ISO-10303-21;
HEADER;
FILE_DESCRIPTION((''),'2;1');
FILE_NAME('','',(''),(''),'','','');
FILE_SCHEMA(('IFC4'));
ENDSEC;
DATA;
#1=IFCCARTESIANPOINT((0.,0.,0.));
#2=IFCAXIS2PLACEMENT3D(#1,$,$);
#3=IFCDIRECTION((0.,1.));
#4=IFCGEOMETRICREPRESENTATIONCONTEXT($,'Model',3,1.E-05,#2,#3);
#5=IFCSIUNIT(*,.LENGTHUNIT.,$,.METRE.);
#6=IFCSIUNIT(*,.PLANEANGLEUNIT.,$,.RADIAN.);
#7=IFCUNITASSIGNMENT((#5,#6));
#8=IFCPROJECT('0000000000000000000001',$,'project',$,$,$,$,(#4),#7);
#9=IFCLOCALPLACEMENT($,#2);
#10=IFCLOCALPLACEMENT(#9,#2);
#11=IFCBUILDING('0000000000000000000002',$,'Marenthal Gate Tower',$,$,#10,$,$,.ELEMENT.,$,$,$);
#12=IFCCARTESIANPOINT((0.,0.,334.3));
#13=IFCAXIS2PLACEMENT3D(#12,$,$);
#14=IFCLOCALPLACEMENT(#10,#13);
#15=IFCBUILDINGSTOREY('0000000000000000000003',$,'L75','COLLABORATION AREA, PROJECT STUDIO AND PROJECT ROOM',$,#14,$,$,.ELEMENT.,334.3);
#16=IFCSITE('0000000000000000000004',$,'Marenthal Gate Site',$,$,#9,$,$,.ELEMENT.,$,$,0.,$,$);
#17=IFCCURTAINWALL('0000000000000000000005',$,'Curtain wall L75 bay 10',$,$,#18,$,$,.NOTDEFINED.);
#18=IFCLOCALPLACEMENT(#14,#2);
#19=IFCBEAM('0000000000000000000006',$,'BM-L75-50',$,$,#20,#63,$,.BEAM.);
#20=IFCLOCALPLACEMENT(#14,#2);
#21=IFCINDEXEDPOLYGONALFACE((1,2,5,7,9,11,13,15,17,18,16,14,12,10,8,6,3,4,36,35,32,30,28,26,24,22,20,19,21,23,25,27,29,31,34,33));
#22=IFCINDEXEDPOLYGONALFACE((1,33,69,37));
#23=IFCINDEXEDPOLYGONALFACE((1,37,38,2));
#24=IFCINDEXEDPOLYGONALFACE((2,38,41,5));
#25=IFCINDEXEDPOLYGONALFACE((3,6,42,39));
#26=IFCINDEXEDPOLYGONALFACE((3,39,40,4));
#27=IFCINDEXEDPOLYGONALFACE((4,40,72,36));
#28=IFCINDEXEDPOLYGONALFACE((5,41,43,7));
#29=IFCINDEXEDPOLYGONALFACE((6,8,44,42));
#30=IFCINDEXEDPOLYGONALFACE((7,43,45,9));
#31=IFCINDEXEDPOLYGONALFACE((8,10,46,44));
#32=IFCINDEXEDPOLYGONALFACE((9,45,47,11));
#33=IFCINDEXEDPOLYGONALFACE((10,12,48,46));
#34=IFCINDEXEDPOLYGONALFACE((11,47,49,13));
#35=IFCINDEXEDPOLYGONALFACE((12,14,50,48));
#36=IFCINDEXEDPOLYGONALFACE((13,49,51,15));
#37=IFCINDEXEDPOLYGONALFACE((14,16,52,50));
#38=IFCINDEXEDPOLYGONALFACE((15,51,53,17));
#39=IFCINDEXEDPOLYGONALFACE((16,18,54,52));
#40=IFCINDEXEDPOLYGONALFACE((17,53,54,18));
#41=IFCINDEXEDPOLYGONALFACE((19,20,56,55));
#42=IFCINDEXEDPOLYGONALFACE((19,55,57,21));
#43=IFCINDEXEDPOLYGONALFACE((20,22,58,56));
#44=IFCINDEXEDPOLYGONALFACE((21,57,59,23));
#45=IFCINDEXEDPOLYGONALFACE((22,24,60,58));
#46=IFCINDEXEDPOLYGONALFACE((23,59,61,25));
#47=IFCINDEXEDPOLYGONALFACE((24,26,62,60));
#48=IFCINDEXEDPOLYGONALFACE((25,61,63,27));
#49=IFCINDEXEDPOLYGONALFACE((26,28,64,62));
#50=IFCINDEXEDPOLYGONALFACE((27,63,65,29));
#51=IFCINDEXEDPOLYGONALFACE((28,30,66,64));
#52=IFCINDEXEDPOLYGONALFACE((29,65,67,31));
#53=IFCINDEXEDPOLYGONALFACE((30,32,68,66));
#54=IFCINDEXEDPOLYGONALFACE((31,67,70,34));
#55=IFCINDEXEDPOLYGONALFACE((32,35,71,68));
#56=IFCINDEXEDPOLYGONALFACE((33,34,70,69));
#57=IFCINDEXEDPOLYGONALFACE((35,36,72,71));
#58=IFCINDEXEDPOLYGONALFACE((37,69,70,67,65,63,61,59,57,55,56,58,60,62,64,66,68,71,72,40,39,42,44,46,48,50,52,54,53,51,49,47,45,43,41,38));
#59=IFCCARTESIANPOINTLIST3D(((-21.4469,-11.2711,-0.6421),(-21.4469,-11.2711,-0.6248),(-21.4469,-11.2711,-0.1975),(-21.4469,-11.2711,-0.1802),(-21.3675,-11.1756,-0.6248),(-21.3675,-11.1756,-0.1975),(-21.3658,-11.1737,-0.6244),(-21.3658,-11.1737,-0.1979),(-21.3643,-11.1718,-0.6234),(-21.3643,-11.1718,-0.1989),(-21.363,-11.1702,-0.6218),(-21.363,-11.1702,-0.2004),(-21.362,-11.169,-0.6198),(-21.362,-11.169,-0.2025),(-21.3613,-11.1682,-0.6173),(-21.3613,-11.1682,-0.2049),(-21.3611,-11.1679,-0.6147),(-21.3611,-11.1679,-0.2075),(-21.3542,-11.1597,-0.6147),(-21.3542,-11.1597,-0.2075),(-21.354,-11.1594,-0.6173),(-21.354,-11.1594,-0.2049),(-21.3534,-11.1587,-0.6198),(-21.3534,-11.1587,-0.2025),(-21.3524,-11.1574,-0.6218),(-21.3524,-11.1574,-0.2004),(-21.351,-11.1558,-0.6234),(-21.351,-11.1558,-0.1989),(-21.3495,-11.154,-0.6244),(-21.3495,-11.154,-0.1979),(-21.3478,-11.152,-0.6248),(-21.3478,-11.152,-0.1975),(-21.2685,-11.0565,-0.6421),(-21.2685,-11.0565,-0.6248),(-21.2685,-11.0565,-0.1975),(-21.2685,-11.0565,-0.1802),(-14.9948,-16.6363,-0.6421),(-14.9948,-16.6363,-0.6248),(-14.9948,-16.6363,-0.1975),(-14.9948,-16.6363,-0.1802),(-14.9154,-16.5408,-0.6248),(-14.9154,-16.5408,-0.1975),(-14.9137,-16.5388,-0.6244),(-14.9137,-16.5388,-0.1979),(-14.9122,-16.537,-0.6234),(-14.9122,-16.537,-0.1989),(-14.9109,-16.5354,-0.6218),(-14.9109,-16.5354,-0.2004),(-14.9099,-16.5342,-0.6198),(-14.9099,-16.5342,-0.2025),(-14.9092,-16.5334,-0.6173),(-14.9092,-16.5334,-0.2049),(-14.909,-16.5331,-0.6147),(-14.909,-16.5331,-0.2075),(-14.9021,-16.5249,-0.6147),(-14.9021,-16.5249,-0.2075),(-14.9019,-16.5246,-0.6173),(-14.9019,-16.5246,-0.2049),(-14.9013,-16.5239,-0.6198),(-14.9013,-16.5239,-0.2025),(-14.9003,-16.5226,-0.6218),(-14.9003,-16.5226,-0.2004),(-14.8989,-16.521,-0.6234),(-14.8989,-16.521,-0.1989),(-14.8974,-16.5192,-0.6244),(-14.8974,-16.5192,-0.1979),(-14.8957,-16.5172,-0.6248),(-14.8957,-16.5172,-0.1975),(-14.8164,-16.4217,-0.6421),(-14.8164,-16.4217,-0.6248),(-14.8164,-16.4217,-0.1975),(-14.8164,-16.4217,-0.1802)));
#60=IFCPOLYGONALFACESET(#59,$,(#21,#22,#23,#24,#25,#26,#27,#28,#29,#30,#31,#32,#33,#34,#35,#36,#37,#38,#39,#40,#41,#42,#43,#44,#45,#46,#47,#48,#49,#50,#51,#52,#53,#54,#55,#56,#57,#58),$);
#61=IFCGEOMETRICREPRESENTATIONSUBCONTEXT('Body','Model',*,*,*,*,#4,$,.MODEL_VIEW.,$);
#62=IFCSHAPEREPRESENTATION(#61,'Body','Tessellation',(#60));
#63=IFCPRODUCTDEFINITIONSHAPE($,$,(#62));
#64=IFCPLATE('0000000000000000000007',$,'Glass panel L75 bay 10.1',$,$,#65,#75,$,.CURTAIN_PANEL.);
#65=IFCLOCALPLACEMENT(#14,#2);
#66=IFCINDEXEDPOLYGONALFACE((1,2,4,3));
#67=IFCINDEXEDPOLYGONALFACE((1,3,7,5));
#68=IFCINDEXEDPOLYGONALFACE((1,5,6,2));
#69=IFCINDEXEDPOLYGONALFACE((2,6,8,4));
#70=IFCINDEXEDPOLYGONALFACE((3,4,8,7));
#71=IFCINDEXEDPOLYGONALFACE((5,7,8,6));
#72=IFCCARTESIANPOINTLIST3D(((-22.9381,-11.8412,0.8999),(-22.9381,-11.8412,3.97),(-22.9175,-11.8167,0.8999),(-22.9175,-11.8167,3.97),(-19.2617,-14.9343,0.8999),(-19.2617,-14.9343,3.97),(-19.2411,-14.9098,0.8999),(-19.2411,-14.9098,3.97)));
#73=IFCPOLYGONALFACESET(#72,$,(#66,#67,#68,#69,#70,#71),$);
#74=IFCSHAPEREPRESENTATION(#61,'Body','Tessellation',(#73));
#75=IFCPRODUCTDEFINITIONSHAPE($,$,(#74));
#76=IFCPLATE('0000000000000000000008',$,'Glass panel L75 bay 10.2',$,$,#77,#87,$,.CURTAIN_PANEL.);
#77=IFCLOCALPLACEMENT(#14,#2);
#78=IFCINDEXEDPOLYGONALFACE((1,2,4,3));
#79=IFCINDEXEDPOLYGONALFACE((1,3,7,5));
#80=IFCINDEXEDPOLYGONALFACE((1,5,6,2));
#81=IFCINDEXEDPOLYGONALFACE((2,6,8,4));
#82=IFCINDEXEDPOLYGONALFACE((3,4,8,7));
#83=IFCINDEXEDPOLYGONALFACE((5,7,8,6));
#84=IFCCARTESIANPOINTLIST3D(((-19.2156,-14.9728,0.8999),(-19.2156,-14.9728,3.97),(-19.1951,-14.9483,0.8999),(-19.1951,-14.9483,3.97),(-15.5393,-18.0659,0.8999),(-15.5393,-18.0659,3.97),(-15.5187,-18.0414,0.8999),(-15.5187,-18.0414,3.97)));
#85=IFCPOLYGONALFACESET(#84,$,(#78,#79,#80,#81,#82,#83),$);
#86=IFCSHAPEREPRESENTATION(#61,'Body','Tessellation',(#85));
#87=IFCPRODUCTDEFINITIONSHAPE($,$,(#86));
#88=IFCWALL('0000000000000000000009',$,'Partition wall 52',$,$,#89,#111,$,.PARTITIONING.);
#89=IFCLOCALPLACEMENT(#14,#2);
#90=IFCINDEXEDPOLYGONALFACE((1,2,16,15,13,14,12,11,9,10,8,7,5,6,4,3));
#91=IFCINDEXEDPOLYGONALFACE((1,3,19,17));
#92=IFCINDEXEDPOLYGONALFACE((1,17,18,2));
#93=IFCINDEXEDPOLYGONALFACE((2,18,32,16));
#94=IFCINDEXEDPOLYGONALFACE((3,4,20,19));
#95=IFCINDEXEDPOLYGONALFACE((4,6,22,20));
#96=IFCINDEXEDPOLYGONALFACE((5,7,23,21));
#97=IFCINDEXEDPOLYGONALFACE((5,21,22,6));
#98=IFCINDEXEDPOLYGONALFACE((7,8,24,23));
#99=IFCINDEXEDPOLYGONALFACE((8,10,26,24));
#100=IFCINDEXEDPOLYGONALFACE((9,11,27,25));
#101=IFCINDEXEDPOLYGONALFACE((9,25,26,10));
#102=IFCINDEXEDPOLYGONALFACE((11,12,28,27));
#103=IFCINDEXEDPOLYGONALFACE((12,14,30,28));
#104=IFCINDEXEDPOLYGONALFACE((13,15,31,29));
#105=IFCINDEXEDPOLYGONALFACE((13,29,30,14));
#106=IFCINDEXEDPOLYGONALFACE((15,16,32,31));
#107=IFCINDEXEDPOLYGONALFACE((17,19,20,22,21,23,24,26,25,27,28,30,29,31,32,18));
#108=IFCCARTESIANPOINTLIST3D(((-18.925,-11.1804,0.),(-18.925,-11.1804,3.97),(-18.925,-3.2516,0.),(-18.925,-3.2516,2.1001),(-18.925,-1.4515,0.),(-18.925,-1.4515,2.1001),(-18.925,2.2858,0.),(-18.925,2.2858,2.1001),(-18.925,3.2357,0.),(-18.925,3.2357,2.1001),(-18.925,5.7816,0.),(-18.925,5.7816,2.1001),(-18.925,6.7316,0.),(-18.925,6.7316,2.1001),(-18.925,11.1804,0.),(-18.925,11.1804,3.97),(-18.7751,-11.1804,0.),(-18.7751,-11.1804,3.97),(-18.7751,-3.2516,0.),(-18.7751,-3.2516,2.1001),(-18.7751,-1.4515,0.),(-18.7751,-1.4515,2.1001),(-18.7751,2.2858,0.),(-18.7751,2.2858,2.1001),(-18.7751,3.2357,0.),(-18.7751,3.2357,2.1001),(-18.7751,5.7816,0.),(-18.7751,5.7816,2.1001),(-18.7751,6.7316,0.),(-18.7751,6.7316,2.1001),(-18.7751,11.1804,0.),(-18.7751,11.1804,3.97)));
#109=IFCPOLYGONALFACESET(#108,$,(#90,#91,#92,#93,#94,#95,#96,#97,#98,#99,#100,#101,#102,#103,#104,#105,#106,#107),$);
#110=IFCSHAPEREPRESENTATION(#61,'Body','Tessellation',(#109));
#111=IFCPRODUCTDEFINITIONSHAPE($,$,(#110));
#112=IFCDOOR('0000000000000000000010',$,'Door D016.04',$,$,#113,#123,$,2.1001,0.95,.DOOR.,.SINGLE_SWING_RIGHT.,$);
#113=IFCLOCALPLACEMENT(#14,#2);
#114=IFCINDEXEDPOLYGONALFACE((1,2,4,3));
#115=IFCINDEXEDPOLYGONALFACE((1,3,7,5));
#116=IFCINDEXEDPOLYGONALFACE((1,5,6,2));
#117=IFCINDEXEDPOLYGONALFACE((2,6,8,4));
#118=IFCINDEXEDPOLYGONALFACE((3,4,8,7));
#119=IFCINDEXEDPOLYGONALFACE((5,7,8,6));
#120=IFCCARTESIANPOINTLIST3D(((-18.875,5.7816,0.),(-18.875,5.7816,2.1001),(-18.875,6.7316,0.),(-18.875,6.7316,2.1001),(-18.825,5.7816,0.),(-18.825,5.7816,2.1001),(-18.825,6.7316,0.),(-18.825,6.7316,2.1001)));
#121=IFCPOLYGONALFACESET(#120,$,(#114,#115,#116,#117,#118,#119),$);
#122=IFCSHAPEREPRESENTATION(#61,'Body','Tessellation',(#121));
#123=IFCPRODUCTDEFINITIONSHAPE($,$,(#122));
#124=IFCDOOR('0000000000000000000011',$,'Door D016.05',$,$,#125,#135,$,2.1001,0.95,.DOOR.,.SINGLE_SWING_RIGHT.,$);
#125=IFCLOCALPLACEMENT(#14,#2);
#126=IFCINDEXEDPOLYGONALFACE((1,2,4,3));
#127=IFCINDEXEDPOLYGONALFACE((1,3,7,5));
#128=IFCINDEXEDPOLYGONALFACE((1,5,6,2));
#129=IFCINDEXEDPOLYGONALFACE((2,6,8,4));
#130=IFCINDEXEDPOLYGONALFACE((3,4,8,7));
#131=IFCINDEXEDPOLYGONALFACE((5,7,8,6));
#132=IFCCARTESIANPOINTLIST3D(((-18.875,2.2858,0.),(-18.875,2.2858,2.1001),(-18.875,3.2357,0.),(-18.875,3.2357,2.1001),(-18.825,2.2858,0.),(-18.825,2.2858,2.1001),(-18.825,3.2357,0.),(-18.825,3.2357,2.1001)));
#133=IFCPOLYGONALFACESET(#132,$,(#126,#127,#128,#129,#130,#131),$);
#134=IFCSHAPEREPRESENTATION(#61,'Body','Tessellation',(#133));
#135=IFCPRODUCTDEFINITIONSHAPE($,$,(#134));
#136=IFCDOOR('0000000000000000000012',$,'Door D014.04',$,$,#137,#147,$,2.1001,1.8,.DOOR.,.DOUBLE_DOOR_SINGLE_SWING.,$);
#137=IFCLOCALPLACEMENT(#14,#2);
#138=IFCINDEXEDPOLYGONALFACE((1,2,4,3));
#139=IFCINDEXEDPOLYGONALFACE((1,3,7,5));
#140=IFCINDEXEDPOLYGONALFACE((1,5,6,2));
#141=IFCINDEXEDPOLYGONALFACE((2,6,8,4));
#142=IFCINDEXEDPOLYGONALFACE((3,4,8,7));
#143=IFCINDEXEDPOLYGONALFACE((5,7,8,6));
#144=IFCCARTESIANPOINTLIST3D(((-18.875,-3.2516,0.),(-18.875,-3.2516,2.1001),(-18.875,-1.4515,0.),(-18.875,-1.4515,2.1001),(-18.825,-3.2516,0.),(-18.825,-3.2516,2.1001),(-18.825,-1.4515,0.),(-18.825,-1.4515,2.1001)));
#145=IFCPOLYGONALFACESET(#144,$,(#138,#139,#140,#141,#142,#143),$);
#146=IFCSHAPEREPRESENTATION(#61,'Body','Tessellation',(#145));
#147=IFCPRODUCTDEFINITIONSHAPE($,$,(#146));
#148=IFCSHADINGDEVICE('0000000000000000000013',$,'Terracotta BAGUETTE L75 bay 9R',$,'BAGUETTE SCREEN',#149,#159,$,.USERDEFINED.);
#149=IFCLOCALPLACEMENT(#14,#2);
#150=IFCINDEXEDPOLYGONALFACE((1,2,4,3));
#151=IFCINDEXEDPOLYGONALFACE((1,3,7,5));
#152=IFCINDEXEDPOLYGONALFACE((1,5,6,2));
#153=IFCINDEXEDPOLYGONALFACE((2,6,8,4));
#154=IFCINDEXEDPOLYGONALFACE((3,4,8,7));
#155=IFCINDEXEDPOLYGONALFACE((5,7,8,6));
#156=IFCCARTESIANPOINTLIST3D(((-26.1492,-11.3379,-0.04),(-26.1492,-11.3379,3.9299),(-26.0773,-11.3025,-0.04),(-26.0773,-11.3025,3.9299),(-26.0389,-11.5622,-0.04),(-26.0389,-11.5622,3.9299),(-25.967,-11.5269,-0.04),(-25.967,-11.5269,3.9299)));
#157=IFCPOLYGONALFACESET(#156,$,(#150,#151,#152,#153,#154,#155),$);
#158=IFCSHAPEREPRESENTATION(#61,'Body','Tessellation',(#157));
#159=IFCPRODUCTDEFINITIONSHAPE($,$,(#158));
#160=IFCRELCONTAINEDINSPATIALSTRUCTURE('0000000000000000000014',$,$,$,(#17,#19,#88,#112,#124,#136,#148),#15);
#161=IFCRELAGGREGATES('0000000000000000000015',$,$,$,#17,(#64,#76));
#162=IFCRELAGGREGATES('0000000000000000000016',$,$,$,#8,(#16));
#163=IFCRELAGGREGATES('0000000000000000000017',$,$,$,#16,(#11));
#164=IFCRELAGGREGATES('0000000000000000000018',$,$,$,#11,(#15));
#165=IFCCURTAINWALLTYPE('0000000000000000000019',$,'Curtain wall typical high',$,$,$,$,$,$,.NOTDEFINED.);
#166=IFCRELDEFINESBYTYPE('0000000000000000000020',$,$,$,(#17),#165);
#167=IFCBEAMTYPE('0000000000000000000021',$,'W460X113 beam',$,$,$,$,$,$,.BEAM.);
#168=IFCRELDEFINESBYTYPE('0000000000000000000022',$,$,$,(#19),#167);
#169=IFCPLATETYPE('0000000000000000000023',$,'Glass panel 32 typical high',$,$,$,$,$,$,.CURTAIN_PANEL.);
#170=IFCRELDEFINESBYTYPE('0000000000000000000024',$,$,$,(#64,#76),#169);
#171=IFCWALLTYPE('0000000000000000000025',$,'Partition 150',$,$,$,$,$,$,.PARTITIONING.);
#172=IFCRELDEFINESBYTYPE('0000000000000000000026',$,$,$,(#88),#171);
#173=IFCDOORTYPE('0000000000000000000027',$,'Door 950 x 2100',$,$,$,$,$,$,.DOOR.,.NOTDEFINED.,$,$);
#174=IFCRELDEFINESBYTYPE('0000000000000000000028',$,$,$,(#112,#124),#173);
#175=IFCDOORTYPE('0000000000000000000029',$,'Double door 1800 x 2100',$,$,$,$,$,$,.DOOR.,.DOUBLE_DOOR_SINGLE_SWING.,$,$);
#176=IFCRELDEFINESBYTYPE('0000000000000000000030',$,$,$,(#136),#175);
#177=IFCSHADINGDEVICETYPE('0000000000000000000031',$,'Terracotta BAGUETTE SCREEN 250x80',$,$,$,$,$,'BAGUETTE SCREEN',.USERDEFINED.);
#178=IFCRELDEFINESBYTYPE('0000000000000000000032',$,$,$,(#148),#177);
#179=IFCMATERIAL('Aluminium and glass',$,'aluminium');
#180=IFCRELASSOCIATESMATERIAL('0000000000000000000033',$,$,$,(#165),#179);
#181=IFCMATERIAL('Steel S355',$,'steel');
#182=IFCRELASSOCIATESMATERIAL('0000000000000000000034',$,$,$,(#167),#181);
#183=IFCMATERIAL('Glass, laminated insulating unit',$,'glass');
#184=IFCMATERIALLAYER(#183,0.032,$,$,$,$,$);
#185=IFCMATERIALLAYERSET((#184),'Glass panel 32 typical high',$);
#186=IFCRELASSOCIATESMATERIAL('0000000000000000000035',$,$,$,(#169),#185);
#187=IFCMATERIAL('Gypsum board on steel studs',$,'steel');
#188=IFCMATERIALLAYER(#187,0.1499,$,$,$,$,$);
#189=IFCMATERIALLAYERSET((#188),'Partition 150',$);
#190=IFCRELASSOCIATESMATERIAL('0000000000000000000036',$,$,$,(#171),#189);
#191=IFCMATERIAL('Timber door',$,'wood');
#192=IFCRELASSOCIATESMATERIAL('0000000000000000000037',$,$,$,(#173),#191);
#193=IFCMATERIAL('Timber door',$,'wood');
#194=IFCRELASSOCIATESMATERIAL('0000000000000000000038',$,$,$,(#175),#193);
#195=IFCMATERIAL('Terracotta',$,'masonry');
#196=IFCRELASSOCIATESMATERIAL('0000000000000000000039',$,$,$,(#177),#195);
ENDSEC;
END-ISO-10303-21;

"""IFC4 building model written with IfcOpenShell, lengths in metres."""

from ifc_helpers import new_model, si_unit, direction, frame, frame_2d, origin, origin_2d, place, context, subcontext, project, spatial, rectangle, i_section, extrude, material, layer, layer_set, material_profile, profile_set, type_object, element, fill, aggregate, save


model = new_model("IFC4")

# Units and contexts
model_context = context("Model", 3, precision=1e-05, world=origin(), true_north=direction((0.0, 1.0)))
body_context = subcontext(model_context, "Body", "Model", "MODEL_VIEW")
ifc_project = project(units=[si_unit("LENGTHUNIT", "METRE"), si_unit("PLANEANGLEUNIT", "RADIAN")], contexts=[model_context])

# Site, building, storey
site_placement = place(None, origin())
site = spatial("IfcSite", under=ifc_project, at=site_placement, Name="Marenthal Gate Site", CompositionType="ELEMENT", RefElevation=0.0)
building_placement = place(site_placement, origin())
building = spatial("IfcBuilding", under=site, at=building_placement, Name="Marenthal Gate Tower", CompositionType="ELEMENT")
storey_placement = place(building_placement, frame((0.0, 0.0, 334.3)))
storey = spatial("IfcBuildingStorey", under=building, at=storey_placement, Name="L75", Description="COLLABORATION AREA, PROJECT STUDIO AND PROJECT ROOM", CompositionType="ELEMENT", Elevation=334.3)

# Curtain wall
ifc_material_1 = material(Name="Aluminium and glass", Category="aluminium")
curtain_wall_type = type_object("IfcCurtainWallType", Name="Curtain wall typical high", PredefinedType="NOTDEFINED", material=ifc_material_1)
curtain_wall_placement = place(storey_placement, origin())
curtain_wall = element("IfcCurtainWall", 1, at=curtain_wall_placement, inside=storey, type_object=curtain_wall_type, Name="Curtain wall L75 bay 10", PredefinedType="NOTDEFINED")

# Beam
ifc_material_2 = material(Name="Steel S355", Category="steel")
ifc_material_profile_1 = material_profile(ifc_material_2, i_section(OverallWidth=0.2791, OverallDepth=0.4619, WebThickness=0.0107, FlangeThickness=0.0173, FilletRadius=0.01, at=origin_2d()), Name="W460X113")
ifc_profile_set_1 = profile_set([ifc_material_profile_1], Name="Steel S355")
beam_type_1 = type_object("IfcBeamType", Name="W460X113 beam", PredefinedType="BEAM", material=ifc_profile_set_1)
beam_1_placement = place(storey_placement, frame((-21.3577, -11.1638, -0.4111), z_axis=(0.768898, -0.639371, 0.0), x_axis=(0.639371, 0.768898, 0.0)))
element("IfcBeam", 2, at=beam_1_placement, inside=storey, type_object=beam_type_1, Name="BM-L75-50", PredefinedType="BEAM", context=body_context, shape_type="SweptSolid", body=[
    extrude(i_section(OverallWidth=0.2791, OverallDepth=0.4619, WebThickness=0.0107, FlangeThickness=0.0173, FilletRadius=0.01, at=origin_2d()), origin(), (0.0, 0.0, 1.0), 8.3914),
])

# Plates
ifc_material_3 = material(Name="Glass, laminated insulating unit", Category="glass")
ifc_layer_1 = layer(ifc_material_3, 0.032)
ifc_layer_set_1 = layer_set([ifc_layer_1], Name="Glass panel 32 typical high")
plate_type = type_object("IfcPlateType", Name="Glass panel 32 typical high", PredefinedType="CURTAIN_PANEL", material=ifc_layer_set_1)
plate_1_placement = place(storey_placement, frame((-21.0896, -13.3755, 0.8999), z_axis=(0.0, 0.0, 1.0), x_axis=(0.765193, -0.643801, 0.0)))
plate_1 = element("IfcPlate", 3, at=plate_1_placement, type_object=plate_type, Name="Glass panel L75 bay 10.1", PredefinedType="CURTAIN_PANEL", context=body_context, shape_type="SweptSolid", body=[
    extrude(rectangle(XDim=4.8044, YDim=0.032, at=origin_2d()), origin(), (0.0, 0.0, 1.0), 3.0701),
])
plate_2_placement = place(storey_placement, frame((-17.3672, -16.5071, 0.8999), z_axis=(0.0, 0.0, 1.0), x_axis=(0.765193, -0.643801, 0.0)))
plate_2 = element("IfcPlate", 4, at=plate_2_placement, type_object=plate_type, Name="Glass panel L75 bay 10.2", PredefinedType="CURTAIN_PANEL", context=body_context, shape_type="SweptSolid", body=[
    extrude(rectangle(XDim=4.8044, YDim=0.032, at=origin_2d()), origin(), (0.0, 0.0, 1.0), 3.0701),
])
aggregate(curtain_wall, [plate_1, plate_2])

# Wall, openings, doors
ifc_material_4 = material(Name="Gypsum board on steel studs", Category="steel")
ifc_layer_2 = layer(ifc_material_4, 0.1499)
ifc_layer_set_2 = layer_set([ifc_layer_2], Name="Partition 150")
wall_type_1 = type_object("IfcWallType", Name="Partition 150", PredefinedType="PARTITIONING", material=ifc_layer_set_2)
wall_1_placement = place(storey_placement, frame((-18.8501, -11.1804, 0.0), z_axis=(0.0, 0.0, 1.0), x_axis=(0.0, 1.0, 0.0)))
wall_1 = element("IfcWall", 5, at=wall_1_placement, inside=storey, type_object=wall_type_1, Name="Partition wall 52", PredefinedType="PARTITIONING", context=body_context, shape_type="SweptSolid", body=[
    extrude(rectangle(XDim=22.3608, YDim=0.1499, at=frame_2d((11.1804, 0.0))), origin(), (0.0, 0.0, 1.0), 3.97),
])
opening_1_placement = place(wall_1_placement, frame((16.9619, 0.0, 0.0)))
opening_1 = element("IfcOpeningElement", 6, at=opening_1_placement, cuts=wall_1, PredefinedType="OPENING", context=body_context, shape_type="SweptSolid", body=[
    extrude(rectangle(XDim=0.95, YDim=2.1001, at=frame_2d((0.4751, 1.05))), frame((0.0, 0.085, 0.0), z_axis=(0.0, -1.0, 0.0), x_axis=(1.0, 0.0, 0.0)), (0.0, 0.0, 1.0), 0.1699),
])
opening_2_placement = place(wall_1_placement, frame((13.4661, 0.0, 0.0)))
opening_2 = element("IfcOpeningElement", 7, at=opening_2_placement, cuts=wall_1, PredefinedType="OPENING", context=body_context, shape_type="SweptSolid", body=[
    extrude(rectangle(XDim=0.95, YDim=2.1001, at=frame_2d((0.4751, 1.05))), frame((0.0, 0.085, 0.0), z_axis=(0.0, -1.0, 0.0), x_axis=(1.0, 0.0, 0.0)), (0.0, 0.0, 1.0), 0.1699),
])
opening_3_placement = place(wall_1_placement, frame((7.929, 0.0, 0.0)))
opening_3 = element("IfcOpeningElement", 8, at=opening_3_placement, cuts=wall_1, PredefinedType="OPENING", context=body_context, shape_type="SweptSolid", body=[
    extrude(rectangle(XDim=1.8, YDim=2.1001, at=frame_2d((0.8999, 1.05))), frame((0.0, 0.085, 0.0), z_axis=(0.0, -1.0, 0.0), x_axis=(1.0, 0.0, 0.0)), (0.0, 0.0, 1.0), 0.1699),
])
ifc_material_5 = material(Name="Timber door", Category="wood")
door_type_1 = type_object("IfcDoorType", Name="Door 950 x 2100", OperationType="NOTDEFINED", PredefinedType="DOOR", material=ifc_material_5)
door_1_placement = place(opening_1_placement, origin())
door_1 = element("IfcDoor", 9, at=door_1_placement, inside=storey, type_object=door_type_1, Name="Door D016.04", OperationType="SINGLE_SWING_RIGHT", OverallHeight=2.1001, OverallWidth=0.95, PredefinedType="DOOR", context=body_context, shape_type="SweptSolid", body=[
    extrude(rectangle(XDim=0.95, YDim=2.1001, at=frame_2d((0.4751, 1.05))), frame((0.0, 0.0249, 0.0), z_axis=(0.0, -1.0, 0.0), x_axis=(1.0, 0.0, 0.0)), (0.0, 0.0, 1.0), 0.05),
])
fill(opening_1, door_1)
door_2_placement = place(opening_2_placement, origin())
door_2 = element("IfcDoor", 10, at=door_2_placement, inside=storey, type_object=door_type_1, Name="Door D016.05", OperationType="SINGLE_SWING_RIGHT", OverallHeight=2.1001, OverallWidth=0.95, PredefinedType="DOOR", context=body_context, shape_type="SweptSolid", body=[
    extrude(rectangle(XDim=0.95, YDim=2.1001, at=frame_2d((0.4751, 1.05))), frame((0.0, 0.0249, 0.0), z_axis=(0.0, -1.0, 0.0), x_axis=(1.0, 0.0, 0.0)), (0.0, 0.0, 1.0), 0.05),
])
fill(opening_2, door_2)
ifc_material_6 = material(Name="Timber door", Category="wood")
door_type_2 = type_object("IfcDoorType", Name="Double door 1800 x 2100", OperationType="DOUBLE_DOOR_SINGLE_SWING", PredefinedType="DOOR", material=ifc_material_6)
door_3_placement = place(opening_3_placement, origin())
door_3 = element("IfcDoor", 11, at=door_3_placement, inside=storey, type_object=door_type_2, Name="Door D014.04", OperationType="DOUBLE_DOOR_SINGLE_SWING", OverallHeight=2.1001, OverallWidth=1.8, PredefinedType="DOOR", context=body_context, shape_type="SweptSolid", body=[
    extrude(rectangle(XDim=1.8, YDim=2.1001, at=frame_2d((0.8999, 1.05))), frame((0.0, 0.0249, 0.0), z_axis=(0.0, -1.0, 0.0), x_axis=(1.0, 0.0, 0.0)), (0.0, 0.0, 1.0), 0.05),
])
fill(opening_3, door_3)

# Shading device
ifc_material_7 = material(Name="Terracotta", Category="masonry")
ifc_material_profile_2 = material_profile(ifc_material_7, rectangle(XDim=0.25, YDim=0.0801, at=origin_2d()), Name="Terracotta baguette 250x80")
ifc_profile_set_2 = profile_set([ifc_material_profile_2], Name="Terracotta")
shading_device_type = type_object("IfcShadingDeviceType", Name="Terracotta BAGUETTE SCREEN 250x80", ElementType="BAGUETTE SCREEN", PredefinedType="USERDEFINED", material=ifc_profile_set_2)
shading_device_placement = place(storey_placement, frame((-26.0581, -11.4324, -0.04), z_axis=(0.0, 0.0, 1.0), x_axis=(0.441298, -0.897361, 0.0)))
element("IfcShadingDevice", 12, at=shading_device_placement, inside=storey, type_object=shading_device_type, Name="Terracotta BAGUETTE L75 bay 9R", ObjectType="BAGUETTE SCREEN", PredefinedType="USERDEFINED", context=body_context, shape_type="SweptSolid", body=[
    extrude(rectangle(XDim=0.25, YDim=0.0801, at=origin_2d()), origin(), (0.0, 0.0, 1.0), 3.97),
])

save(model, "model.ifc")
